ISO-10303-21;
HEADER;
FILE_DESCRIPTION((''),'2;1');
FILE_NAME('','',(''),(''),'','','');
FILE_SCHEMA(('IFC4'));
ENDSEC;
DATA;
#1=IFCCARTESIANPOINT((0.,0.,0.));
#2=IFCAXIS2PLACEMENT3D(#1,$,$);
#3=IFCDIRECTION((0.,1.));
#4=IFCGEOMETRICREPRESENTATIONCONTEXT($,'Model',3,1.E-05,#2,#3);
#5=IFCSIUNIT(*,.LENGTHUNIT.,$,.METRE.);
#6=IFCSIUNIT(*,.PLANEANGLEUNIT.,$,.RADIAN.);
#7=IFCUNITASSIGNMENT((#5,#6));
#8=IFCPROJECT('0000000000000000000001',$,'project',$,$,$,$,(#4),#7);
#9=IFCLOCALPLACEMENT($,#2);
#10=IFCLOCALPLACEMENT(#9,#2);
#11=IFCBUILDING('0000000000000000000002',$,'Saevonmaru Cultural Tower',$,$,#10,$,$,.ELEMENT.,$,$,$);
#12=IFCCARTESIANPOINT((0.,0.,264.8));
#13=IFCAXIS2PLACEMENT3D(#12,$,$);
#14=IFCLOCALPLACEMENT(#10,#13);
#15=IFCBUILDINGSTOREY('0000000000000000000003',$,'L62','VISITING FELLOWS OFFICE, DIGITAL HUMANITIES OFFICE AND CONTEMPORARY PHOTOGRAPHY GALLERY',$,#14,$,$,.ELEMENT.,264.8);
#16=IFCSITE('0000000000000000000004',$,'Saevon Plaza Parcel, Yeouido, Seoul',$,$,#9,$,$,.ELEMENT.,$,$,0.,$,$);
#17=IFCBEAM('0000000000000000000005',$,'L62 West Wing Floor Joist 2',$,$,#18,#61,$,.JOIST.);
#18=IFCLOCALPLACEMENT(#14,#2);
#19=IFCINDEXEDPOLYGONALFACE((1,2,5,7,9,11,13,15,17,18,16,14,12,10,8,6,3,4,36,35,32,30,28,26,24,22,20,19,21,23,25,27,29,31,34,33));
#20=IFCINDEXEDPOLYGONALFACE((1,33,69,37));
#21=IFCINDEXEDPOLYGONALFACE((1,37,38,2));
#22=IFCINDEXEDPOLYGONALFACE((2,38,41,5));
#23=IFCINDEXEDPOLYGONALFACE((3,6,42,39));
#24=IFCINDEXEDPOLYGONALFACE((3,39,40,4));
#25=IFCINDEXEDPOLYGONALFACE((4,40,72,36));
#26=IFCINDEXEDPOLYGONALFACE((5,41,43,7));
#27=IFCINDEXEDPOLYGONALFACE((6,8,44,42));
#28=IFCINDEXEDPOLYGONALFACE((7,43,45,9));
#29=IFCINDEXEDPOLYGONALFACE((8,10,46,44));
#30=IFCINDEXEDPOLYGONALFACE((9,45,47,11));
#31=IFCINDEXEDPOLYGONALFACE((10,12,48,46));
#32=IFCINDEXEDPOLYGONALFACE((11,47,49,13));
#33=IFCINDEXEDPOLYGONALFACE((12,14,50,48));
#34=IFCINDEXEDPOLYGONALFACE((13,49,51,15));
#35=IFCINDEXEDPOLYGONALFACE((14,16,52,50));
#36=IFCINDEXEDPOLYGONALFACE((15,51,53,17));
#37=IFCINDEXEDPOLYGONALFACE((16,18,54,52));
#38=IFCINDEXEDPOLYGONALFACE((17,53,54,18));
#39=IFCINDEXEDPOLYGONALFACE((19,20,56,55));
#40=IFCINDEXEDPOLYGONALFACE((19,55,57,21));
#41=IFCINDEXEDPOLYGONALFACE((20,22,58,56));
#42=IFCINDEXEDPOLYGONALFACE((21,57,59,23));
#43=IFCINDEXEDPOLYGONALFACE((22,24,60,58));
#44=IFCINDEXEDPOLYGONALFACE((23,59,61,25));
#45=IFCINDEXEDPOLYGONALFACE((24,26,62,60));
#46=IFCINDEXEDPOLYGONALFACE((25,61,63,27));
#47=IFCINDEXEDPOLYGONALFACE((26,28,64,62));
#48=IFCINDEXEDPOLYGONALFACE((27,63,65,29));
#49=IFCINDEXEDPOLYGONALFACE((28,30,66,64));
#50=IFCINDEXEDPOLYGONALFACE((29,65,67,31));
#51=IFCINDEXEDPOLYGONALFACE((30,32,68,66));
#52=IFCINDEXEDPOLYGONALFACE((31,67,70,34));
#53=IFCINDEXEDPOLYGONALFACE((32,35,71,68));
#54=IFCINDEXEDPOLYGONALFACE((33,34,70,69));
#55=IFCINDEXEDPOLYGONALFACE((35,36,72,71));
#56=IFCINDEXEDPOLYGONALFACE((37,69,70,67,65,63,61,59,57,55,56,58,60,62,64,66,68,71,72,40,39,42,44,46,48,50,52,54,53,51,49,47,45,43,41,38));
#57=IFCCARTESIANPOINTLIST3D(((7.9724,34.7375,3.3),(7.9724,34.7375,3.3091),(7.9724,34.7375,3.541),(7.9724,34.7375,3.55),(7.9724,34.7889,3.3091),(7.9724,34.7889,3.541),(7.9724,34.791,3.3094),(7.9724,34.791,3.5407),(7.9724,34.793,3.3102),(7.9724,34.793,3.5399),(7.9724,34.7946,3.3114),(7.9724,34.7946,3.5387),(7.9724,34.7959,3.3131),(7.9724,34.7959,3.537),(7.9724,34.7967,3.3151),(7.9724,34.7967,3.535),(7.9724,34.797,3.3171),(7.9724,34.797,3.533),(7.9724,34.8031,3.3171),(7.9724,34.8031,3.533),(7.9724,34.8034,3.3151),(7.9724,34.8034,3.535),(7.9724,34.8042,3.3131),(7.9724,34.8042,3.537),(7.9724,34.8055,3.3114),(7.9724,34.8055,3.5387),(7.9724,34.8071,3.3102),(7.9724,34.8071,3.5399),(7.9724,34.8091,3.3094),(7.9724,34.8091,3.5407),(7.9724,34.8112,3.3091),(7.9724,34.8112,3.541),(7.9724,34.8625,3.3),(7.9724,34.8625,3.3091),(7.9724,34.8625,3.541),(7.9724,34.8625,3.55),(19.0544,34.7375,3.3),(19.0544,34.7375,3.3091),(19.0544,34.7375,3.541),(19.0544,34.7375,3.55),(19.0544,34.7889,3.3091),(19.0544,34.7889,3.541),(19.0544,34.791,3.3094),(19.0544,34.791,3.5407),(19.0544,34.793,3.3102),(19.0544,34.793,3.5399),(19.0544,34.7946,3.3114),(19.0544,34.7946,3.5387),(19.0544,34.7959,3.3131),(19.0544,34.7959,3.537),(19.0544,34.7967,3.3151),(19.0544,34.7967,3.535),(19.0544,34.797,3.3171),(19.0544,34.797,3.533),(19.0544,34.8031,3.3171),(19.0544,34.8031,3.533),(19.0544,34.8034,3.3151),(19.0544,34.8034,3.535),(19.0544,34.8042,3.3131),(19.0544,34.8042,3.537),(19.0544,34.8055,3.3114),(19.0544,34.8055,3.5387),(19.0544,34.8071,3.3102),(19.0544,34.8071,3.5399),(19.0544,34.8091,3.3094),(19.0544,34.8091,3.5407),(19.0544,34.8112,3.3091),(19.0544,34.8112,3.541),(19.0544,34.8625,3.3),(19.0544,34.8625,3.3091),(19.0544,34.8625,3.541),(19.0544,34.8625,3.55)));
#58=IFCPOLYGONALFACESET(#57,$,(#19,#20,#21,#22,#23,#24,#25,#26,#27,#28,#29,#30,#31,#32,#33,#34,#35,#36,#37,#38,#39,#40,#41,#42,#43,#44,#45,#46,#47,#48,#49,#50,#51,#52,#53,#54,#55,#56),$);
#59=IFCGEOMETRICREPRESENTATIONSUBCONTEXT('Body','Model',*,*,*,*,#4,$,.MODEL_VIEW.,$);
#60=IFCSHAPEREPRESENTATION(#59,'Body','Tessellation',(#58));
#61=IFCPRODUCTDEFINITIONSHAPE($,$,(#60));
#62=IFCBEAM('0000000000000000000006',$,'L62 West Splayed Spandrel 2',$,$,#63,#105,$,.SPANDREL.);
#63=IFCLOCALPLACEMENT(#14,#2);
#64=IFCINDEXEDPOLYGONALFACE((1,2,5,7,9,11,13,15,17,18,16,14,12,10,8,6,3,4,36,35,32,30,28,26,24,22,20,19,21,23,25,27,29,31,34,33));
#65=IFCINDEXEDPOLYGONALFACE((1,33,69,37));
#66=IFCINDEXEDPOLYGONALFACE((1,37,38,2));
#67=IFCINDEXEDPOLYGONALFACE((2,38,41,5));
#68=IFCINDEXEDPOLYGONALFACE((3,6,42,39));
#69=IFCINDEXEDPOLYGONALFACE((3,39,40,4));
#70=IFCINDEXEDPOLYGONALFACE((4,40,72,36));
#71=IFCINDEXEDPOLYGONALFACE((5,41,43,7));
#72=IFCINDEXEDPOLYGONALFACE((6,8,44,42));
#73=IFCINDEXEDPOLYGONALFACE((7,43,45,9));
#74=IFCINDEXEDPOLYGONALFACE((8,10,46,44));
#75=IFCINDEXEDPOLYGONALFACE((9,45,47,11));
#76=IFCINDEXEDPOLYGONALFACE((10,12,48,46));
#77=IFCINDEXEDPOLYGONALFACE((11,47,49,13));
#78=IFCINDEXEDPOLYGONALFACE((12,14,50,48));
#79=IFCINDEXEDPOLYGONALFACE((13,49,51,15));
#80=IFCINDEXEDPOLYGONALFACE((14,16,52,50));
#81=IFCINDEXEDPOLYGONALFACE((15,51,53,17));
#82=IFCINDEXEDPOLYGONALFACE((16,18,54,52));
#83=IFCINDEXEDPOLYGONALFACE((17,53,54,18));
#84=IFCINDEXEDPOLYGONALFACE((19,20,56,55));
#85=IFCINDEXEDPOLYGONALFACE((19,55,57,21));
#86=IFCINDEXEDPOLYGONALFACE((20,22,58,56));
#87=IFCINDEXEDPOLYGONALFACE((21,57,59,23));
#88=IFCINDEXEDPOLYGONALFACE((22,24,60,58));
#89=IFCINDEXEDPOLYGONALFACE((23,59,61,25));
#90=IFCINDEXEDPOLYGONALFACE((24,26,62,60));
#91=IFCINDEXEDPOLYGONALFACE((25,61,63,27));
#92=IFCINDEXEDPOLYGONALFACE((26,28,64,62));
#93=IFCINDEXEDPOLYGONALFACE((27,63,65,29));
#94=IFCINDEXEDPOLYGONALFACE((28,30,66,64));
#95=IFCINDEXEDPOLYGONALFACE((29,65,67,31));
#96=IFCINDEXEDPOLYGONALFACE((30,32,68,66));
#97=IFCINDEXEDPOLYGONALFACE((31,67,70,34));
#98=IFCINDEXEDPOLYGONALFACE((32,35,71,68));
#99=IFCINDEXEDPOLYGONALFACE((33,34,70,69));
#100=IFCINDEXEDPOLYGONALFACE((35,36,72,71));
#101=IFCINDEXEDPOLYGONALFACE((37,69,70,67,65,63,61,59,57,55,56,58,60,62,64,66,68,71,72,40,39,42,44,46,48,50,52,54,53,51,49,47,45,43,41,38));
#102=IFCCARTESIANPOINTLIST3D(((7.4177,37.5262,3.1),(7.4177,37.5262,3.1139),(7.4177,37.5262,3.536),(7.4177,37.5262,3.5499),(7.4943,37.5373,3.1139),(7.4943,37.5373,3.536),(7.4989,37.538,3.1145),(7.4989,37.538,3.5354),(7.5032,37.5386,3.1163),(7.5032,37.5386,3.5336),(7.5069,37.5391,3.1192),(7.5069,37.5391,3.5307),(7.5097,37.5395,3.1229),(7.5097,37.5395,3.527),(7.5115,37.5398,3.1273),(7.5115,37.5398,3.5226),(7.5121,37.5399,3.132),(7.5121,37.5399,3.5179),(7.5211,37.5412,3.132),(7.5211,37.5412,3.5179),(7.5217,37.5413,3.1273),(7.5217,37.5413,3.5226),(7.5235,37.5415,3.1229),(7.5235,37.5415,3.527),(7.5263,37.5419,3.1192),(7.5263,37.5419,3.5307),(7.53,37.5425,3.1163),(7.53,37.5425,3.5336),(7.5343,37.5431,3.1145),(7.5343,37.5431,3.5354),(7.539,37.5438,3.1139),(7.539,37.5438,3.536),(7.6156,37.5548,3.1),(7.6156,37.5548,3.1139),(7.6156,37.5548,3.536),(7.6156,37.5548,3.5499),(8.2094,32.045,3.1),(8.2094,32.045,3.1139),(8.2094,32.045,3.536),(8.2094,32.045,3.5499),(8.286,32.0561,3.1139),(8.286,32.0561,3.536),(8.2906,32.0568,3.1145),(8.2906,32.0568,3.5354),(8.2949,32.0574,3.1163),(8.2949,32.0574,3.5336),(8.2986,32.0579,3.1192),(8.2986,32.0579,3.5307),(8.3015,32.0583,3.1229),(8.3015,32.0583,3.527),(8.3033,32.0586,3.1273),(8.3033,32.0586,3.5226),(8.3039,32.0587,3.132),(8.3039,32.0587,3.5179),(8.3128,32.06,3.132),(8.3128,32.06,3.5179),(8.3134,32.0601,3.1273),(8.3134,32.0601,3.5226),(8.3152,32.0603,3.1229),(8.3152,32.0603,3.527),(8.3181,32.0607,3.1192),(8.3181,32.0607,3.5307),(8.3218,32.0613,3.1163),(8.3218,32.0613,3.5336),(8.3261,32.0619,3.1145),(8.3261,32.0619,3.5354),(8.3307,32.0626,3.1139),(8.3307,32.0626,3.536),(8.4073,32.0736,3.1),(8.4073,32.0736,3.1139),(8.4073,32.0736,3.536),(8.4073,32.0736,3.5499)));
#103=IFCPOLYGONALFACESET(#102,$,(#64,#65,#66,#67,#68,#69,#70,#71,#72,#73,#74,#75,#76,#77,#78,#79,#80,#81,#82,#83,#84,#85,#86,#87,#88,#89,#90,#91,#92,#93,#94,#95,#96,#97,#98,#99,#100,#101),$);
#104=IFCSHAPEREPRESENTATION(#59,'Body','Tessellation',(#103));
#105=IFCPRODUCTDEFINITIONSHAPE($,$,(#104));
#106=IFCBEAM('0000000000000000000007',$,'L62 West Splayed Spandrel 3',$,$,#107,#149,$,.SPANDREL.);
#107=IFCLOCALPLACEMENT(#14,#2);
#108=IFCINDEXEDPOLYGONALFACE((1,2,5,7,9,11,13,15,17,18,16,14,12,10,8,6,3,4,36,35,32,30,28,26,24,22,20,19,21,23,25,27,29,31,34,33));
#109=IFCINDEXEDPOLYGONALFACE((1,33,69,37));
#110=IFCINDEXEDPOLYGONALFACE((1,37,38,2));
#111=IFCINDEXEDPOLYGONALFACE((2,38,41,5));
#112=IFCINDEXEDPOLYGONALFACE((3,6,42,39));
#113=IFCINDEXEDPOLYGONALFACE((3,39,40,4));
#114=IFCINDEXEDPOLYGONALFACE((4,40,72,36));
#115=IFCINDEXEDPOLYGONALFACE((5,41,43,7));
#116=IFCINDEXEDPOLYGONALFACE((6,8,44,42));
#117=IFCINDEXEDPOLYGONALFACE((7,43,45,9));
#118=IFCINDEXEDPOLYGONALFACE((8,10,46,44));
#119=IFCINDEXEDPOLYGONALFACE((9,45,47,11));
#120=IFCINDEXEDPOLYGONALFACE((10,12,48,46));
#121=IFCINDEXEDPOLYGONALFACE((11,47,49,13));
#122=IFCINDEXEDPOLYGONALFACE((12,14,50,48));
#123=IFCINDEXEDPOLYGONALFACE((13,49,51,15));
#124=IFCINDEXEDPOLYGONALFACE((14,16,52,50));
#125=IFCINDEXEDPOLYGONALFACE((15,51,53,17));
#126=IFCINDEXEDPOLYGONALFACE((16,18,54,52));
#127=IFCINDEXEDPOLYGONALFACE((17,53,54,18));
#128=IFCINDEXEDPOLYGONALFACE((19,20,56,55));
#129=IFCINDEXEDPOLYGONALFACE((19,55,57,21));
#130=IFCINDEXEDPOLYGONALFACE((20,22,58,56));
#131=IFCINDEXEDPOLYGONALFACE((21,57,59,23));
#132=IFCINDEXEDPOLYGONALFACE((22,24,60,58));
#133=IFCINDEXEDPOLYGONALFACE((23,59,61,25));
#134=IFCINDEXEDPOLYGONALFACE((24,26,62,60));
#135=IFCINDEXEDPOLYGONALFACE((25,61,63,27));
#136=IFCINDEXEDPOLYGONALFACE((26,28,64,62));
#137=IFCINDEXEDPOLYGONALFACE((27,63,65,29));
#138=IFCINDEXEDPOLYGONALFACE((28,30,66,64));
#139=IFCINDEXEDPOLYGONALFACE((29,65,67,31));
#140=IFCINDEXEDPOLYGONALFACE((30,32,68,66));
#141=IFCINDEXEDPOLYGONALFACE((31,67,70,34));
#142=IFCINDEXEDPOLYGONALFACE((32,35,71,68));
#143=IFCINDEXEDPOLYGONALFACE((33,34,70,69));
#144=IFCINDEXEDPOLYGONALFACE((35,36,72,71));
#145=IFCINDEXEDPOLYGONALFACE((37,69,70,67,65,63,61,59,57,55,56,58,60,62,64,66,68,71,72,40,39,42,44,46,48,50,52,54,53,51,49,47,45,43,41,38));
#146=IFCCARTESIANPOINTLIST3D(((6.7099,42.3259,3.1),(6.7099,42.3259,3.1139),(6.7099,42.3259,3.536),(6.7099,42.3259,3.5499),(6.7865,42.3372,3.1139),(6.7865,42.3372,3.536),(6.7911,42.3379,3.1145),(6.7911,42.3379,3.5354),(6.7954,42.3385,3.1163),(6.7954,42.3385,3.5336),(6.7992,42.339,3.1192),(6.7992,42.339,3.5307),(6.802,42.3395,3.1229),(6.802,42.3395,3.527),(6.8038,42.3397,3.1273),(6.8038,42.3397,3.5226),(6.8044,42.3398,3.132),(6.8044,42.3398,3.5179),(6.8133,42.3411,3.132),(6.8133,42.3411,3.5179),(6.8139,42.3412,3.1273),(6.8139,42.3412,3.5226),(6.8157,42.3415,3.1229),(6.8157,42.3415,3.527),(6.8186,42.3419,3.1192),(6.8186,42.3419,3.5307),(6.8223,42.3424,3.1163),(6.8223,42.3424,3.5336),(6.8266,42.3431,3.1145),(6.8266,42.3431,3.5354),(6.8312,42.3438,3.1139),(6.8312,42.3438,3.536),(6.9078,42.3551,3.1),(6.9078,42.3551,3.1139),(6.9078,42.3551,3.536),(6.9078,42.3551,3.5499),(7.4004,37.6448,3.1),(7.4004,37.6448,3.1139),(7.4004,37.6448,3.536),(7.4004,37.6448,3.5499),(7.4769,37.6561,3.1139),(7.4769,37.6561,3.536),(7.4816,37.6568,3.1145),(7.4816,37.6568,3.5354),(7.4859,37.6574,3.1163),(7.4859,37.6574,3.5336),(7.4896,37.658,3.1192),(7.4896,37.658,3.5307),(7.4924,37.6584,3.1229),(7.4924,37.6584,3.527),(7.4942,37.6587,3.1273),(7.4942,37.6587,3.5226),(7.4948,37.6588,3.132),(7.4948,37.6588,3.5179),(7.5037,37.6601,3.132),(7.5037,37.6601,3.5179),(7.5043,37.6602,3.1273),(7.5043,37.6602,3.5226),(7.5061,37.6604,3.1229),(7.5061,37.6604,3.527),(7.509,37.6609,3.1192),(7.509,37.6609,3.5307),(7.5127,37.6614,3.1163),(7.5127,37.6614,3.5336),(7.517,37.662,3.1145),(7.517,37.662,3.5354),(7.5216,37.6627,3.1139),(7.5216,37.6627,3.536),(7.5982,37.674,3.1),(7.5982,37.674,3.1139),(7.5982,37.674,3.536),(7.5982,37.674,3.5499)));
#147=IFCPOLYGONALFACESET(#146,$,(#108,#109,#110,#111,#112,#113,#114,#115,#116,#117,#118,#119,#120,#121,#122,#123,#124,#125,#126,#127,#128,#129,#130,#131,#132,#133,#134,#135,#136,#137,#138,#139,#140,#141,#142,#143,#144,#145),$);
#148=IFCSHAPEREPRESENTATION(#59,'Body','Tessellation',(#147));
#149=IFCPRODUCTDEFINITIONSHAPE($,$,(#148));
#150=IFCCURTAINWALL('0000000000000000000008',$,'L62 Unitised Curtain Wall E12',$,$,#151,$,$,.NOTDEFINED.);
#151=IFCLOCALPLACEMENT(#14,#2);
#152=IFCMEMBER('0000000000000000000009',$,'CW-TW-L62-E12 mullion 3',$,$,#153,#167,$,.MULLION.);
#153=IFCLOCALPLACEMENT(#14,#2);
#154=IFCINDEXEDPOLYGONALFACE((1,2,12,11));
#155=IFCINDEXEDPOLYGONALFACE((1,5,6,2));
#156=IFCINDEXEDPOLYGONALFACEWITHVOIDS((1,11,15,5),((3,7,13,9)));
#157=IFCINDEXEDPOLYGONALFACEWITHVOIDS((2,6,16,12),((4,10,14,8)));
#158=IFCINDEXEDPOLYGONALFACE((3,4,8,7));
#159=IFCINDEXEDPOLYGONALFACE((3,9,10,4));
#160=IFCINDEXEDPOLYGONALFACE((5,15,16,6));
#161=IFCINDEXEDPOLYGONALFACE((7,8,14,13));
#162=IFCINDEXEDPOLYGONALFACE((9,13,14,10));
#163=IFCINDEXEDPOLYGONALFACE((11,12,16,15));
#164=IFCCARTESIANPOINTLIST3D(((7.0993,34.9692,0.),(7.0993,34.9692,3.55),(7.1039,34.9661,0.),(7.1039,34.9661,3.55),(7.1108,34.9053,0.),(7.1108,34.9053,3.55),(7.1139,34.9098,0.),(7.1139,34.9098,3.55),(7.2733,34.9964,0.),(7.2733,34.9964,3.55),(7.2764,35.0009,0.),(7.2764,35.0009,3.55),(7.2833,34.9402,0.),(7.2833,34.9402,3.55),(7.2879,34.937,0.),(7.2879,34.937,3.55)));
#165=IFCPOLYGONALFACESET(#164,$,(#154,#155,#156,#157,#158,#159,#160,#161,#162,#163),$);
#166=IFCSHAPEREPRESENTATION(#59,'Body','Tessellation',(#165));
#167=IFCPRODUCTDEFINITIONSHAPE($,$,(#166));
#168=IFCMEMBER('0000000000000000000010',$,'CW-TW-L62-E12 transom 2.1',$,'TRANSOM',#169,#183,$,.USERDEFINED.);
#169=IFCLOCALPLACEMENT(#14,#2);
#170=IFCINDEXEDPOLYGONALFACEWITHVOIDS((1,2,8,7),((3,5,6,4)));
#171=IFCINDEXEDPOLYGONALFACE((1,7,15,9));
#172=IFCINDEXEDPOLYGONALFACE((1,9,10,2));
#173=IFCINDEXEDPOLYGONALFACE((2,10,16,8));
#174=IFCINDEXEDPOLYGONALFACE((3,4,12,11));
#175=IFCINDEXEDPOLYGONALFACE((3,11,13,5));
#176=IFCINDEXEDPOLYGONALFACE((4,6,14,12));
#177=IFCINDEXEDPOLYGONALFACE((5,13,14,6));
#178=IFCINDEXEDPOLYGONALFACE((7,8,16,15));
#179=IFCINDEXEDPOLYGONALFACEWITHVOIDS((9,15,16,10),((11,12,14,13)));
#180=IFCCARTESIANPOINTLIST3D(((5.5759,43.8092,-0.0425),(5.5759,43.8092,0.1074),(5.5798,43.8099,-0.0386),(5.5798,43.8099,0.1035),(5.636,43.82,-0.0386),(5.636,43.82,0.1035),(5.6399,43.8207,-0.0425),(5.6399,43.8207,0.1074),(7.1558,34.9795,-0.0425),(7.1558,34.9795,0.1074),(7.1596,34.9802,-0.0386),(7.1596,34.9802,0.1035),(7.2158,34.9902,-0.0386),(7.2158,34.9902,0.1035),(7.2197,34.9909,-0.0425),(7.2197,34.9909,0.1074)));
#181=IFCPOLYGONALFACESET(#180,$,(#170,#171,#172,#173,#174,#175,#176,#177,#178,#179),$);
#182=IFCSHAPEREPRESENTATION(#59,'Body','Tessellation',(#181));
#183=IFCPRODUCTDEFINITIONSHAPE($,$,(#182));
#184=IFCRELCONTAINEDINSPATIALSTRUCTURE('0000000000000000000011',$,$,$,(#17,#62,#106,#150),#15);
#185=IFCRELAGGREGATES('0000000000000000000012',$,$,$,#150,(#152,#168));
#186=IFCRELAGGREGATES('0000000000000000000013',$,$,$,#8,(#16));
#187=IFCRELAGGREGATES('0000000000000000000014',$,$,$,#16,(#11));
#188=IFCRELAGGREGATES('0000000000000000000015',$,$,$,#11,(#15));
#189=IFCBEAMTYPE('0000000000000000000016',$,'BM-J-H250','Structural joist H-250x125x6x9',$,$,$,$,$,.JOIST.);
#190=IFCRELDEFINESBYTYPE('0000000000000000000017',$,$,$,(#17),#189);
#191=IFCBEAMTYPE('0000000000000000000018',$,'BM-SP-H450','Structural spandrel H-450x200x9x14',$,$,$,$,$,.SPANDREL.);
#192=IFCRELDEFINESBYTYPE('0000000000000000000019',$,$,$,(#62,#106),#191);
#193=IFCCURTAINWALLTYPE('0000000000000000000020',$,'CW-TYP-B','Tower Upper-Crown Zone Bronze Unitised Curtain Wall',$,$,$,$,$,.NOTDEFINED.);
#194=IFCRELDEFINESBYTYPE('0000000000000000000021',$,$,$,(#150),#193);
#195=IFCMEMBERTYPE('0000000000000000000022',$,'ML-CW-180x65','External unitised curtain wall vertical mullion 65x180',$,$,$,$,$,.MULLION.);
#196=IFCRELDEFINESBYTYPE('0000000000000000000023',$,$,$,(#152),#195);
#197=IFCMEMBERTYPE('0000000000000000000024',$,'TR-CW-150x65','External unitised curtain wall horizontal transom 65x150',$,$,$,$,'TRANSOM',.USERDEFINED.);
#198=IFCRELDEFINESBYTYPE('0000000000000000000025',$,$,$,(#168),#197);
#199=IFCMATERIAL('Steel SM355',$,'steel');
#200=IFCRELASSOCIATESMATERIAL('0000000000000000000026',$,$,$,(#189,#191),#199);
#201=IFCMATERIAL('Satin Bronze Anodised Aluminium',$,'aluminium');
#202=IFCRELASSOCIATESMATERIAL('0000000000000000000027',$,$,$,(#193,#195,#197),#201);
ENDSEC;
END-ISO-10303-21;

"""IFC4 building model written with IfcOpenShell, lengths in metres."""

from ifc_helpers import new_model, si_unit, direction, frame, origin, origin_2d, place, context, subcontext, project, spatial, hollow_rectangle, i_section, extrude, material, material_profile, profile_set, type_object, element, aggregate, save


model = new_model("IFC4")

# Units and contexts
model_context = context("Model", 3, precision=1e-05, world=origin(), true_north=direction((0.0, 1.0)))
body_context = subcontext(model_context, "Body", "Model", "MODEL_VIEW")
ifc_project = project(units=[si_unit("LENGTHUNIT", "METRE"), si_unit("PLANEANGLEUNIT", "RADIAN")], contexts=[model_context])

# Site, building, storey
site_placement = place(None, origin())
site = spatial("IfcSite", under=ifc_project, at=site_placement, Name="Saevon Plaza Parcel, Yeouido, Seoul", CompositionType="ELEMENT", RefElevation=0.0)
building_placement = place(site_placement, origin())
building = spatial("IfcBuilding", under=site, at=building_placement, Name="Saevonmaru Cultural Tower", CompositionType="ELEMENT")
storey_placement = place(building_placement, frame((0.0, 0.0, 264.8)))
storey = spatial("IfcBuildingStorey", under=building, at=storey_placement, Name="L62", Description="VISITING FELLOWS OFFICE, DIGITAL HUMANITIES OFFICE AND CONTEMPORARY PHOTOGRAPHY GALLERY", CompositionType="ELEMENT", Elevation=264.8)

# Shared definitions
ifc_material_1 = material(Name="Steel SM355", Category="steel")

# Beams
ifc_material_profile_1 = material_profile(ifc_material_1, i_section(OverallWidth=0.125, OverallDepth=0.25, WebThickness=0.0061, FlangeThickness=0.009, FilletRadius=0.0081, at=origin_2d()), Name="H-250x125x6x9")
ifc_profile_set_1 = profile_set([ifc_material_profile_1], Name="Steel SM355")
beam_type_1 = type_object("IfcBeamType", Name="BM-J-H250", Description="Structural joist H-250x125x6x9", PredefinedType="JOIST", material=ifc_profile_set_1)
beam_1_placement = place(storey_placement, frame((7.9724, 34.8, 3.425), z_axis=(1.0, 0.0, 0.0), x_axis=(0.0, 1.0, 0.0)))
element("IfcBeam", 1, at=beam_1_placement, inside=storey, type_object=beam_type_1, Name="L62 West Wing Floor Joist 2", PredefinedType="JOIST", context=body_context, shape_type="SweptSolid", body=[
    extrude(i_section(OverallWidth=0.125, OverallDepth=0.25, WebThickness=0.0061, FlangeThickness=0.009, FilletRadius=0.0081, at=origin_2d()), origin(), (0.0, 0.0, 1.0), 11.082),
])
ifc_material_profile_2 = material_profile(ifc_material_1, i_section(OverallWidth=0.2, OverallDepth=0.45, WebThickness=0.009, FlangeThickness=0.0139, FilletRadius=0.0181, at=origin_2d()), Name="H-450x200x9x14")
ifc_profile_set_2 = profile_set([ifc_material_profile_2], Name="Steel SM355")
beam_type_2 = type_object("IfcBeamType", Name="BM-SP-H450", Description="Structural spandrel H-450x200x9x14", PredefinedType="SPANDREL", material=ifc_profile_set_2)
beam_2_placement = place(storey_placement, frame((8.3083, 32.0593, 3.325), z_axis=(-0.142964, 0.989728, 0.0), x_axis=(-0.989728, -0.142964, 0.0)))
element("IfcBeam", 2, at=beam_2_placement, inside=storey, type_object=beam_type_2, Name="L62 West Splayed Spandrel 2", PredefinedType="SPANDREL", context=body_context, shape_type="SweptSolid", body=[
    extrude(i_section(OverallWidth=0.2, OverallDepth=0.45, WebThickness=0.009, FlangeThickness=0.0139, FilletRadius=0.0181, at=origin_2d()), origin(), (0.0, 0.0, 1.0), 5.5381),
])
beam_3_placement = place(storey_placement, frame((7.4993, 37.6594, 3.325), z_axis=(-0.145913, 0.989297, 0.0), x_axis=(-0.989297, -0.145913, 0.0)))
element("IfcBeam", 3, at=beam_3_placement, inside=storey, type_object=beam_type_2, Name="L62 West Splayed Spandrel 3", PredefinedType="SPANDREL", context=body_context, shape_type="SweptSolid", body=[
    extrude(i_section(OverallWidth=0.2, OverallDepth=0.45, WebThickness=0.009, FlangeThickness=0.0139, FilletRadius=0.0181, at=origin_2d()), origin(), (0.0, 0.0, 1.0), 4.7317),
])

# Curtain wall, members
ifc_material_2 = material(Name="Satin Bronze Anodised Aluminium", Category="aluminium")
curtain_wall_type = type_object("IfcCurtainWallType", Name="CW-TYP-B", Description="Tower Upper-Crown Zone Bronze Unitised Curtain Wall", PredefinedType="NOTDEFINED", material=ifc_material_2)
curtain_wall_placement = place(storey_placement, origin())
curtain_wall = element("IfcCurtainWall", 4, at=curtain_wall_placement, inside=storey, type_object=curtain_wall_type, Name="L62 Unitised Curtain Wall E12", PredefinedType="NOTDEFINED")
ifc_material_profile_3 = material_profile(ifc_material_2, hollow_rectangle(XDim=0.0649, YDim=0.1799, WallThickness=0.0039, at=origin_2d()), Name="ALU-MULL-180x65x4")
ifc_profile_set_3 = profile_set([ifc_material_profile_3], Name="Satin Bronze Anodised Aluminium")
member_type_1 = type_object("IfcMemberType", Name="ML-CW-180x65", Description="External unitised curtain wall vertical mullion 65x180", PredefinedType="MULLION", material=ifc_profile_set_3)
member_1_placement = place(storey_placement, frame((7.1936, 34.9531, 0.0), z_axis=(0.0, 0.0, 1.0), x_axis=(0.176141, -0.984365, 0.0)))
member_1 = element("IfcMember", 5, at=member_1_placement, type_object=member_type_1, Name="CW-TW-L62-E12 mullion 3", PredefinedType="MULLION", context=body_context, shape_type="SweptSolid", body=[
    extrude(hollow_rectangle(XDim=0.0649, YDim=0.1799, WallThickness=0.0039, at=origin_2d()), origin(), (0.0, 0.0, 1.0), 3.55),
])
ifc_material_profile_4 = material_profile(ifc_material_2, hollow_rectangle(XDim=0.0649, YDim=0.1499, WallThickness=0.0039, at=origin_2d()), Name="ALU-TRAN-150x65x4")
ifc_profile_set_4 = profile_set([ifc_material_profile_4], Name="Satin Bronze Anodised Aluminium")
member_type_2 = type_object("IfcMemberType", Name="TR-CW-150x65", Description="External unitised curtain wall horizontal transom 65x150", ElementType="TRANSOM", PredefinedType="USERDEFINED", material=ifc_profile_set_4)
member_2_placement = place(storey_placement, frame((5.6079, 43.8149, 0.0325), z_axis=(0.176123, -0.984368, 0.0), x_axis=(0.984368, 0.176123, 0.0)))
member_2 = element("IfcMember", 6, at=member_2_placement, type_object=member_type_2, Name="CW-TW-L62-E12 transom 2.1", ObjectType="TRANSOM", PredefinedType="USERDEFINED", context=body_context, shape_type="SweptSolid", body=[
    extrude(hollow_rectangle(XDim=0.0649, YDim=0.1499, WallThickness=0.0039, at=origin_2d()), origin(), (0.0, 0.0, 1.0), 8.97),
])
aggregate(curtain_wall, [member_1, member_2])

save(model, "model.ifc")
